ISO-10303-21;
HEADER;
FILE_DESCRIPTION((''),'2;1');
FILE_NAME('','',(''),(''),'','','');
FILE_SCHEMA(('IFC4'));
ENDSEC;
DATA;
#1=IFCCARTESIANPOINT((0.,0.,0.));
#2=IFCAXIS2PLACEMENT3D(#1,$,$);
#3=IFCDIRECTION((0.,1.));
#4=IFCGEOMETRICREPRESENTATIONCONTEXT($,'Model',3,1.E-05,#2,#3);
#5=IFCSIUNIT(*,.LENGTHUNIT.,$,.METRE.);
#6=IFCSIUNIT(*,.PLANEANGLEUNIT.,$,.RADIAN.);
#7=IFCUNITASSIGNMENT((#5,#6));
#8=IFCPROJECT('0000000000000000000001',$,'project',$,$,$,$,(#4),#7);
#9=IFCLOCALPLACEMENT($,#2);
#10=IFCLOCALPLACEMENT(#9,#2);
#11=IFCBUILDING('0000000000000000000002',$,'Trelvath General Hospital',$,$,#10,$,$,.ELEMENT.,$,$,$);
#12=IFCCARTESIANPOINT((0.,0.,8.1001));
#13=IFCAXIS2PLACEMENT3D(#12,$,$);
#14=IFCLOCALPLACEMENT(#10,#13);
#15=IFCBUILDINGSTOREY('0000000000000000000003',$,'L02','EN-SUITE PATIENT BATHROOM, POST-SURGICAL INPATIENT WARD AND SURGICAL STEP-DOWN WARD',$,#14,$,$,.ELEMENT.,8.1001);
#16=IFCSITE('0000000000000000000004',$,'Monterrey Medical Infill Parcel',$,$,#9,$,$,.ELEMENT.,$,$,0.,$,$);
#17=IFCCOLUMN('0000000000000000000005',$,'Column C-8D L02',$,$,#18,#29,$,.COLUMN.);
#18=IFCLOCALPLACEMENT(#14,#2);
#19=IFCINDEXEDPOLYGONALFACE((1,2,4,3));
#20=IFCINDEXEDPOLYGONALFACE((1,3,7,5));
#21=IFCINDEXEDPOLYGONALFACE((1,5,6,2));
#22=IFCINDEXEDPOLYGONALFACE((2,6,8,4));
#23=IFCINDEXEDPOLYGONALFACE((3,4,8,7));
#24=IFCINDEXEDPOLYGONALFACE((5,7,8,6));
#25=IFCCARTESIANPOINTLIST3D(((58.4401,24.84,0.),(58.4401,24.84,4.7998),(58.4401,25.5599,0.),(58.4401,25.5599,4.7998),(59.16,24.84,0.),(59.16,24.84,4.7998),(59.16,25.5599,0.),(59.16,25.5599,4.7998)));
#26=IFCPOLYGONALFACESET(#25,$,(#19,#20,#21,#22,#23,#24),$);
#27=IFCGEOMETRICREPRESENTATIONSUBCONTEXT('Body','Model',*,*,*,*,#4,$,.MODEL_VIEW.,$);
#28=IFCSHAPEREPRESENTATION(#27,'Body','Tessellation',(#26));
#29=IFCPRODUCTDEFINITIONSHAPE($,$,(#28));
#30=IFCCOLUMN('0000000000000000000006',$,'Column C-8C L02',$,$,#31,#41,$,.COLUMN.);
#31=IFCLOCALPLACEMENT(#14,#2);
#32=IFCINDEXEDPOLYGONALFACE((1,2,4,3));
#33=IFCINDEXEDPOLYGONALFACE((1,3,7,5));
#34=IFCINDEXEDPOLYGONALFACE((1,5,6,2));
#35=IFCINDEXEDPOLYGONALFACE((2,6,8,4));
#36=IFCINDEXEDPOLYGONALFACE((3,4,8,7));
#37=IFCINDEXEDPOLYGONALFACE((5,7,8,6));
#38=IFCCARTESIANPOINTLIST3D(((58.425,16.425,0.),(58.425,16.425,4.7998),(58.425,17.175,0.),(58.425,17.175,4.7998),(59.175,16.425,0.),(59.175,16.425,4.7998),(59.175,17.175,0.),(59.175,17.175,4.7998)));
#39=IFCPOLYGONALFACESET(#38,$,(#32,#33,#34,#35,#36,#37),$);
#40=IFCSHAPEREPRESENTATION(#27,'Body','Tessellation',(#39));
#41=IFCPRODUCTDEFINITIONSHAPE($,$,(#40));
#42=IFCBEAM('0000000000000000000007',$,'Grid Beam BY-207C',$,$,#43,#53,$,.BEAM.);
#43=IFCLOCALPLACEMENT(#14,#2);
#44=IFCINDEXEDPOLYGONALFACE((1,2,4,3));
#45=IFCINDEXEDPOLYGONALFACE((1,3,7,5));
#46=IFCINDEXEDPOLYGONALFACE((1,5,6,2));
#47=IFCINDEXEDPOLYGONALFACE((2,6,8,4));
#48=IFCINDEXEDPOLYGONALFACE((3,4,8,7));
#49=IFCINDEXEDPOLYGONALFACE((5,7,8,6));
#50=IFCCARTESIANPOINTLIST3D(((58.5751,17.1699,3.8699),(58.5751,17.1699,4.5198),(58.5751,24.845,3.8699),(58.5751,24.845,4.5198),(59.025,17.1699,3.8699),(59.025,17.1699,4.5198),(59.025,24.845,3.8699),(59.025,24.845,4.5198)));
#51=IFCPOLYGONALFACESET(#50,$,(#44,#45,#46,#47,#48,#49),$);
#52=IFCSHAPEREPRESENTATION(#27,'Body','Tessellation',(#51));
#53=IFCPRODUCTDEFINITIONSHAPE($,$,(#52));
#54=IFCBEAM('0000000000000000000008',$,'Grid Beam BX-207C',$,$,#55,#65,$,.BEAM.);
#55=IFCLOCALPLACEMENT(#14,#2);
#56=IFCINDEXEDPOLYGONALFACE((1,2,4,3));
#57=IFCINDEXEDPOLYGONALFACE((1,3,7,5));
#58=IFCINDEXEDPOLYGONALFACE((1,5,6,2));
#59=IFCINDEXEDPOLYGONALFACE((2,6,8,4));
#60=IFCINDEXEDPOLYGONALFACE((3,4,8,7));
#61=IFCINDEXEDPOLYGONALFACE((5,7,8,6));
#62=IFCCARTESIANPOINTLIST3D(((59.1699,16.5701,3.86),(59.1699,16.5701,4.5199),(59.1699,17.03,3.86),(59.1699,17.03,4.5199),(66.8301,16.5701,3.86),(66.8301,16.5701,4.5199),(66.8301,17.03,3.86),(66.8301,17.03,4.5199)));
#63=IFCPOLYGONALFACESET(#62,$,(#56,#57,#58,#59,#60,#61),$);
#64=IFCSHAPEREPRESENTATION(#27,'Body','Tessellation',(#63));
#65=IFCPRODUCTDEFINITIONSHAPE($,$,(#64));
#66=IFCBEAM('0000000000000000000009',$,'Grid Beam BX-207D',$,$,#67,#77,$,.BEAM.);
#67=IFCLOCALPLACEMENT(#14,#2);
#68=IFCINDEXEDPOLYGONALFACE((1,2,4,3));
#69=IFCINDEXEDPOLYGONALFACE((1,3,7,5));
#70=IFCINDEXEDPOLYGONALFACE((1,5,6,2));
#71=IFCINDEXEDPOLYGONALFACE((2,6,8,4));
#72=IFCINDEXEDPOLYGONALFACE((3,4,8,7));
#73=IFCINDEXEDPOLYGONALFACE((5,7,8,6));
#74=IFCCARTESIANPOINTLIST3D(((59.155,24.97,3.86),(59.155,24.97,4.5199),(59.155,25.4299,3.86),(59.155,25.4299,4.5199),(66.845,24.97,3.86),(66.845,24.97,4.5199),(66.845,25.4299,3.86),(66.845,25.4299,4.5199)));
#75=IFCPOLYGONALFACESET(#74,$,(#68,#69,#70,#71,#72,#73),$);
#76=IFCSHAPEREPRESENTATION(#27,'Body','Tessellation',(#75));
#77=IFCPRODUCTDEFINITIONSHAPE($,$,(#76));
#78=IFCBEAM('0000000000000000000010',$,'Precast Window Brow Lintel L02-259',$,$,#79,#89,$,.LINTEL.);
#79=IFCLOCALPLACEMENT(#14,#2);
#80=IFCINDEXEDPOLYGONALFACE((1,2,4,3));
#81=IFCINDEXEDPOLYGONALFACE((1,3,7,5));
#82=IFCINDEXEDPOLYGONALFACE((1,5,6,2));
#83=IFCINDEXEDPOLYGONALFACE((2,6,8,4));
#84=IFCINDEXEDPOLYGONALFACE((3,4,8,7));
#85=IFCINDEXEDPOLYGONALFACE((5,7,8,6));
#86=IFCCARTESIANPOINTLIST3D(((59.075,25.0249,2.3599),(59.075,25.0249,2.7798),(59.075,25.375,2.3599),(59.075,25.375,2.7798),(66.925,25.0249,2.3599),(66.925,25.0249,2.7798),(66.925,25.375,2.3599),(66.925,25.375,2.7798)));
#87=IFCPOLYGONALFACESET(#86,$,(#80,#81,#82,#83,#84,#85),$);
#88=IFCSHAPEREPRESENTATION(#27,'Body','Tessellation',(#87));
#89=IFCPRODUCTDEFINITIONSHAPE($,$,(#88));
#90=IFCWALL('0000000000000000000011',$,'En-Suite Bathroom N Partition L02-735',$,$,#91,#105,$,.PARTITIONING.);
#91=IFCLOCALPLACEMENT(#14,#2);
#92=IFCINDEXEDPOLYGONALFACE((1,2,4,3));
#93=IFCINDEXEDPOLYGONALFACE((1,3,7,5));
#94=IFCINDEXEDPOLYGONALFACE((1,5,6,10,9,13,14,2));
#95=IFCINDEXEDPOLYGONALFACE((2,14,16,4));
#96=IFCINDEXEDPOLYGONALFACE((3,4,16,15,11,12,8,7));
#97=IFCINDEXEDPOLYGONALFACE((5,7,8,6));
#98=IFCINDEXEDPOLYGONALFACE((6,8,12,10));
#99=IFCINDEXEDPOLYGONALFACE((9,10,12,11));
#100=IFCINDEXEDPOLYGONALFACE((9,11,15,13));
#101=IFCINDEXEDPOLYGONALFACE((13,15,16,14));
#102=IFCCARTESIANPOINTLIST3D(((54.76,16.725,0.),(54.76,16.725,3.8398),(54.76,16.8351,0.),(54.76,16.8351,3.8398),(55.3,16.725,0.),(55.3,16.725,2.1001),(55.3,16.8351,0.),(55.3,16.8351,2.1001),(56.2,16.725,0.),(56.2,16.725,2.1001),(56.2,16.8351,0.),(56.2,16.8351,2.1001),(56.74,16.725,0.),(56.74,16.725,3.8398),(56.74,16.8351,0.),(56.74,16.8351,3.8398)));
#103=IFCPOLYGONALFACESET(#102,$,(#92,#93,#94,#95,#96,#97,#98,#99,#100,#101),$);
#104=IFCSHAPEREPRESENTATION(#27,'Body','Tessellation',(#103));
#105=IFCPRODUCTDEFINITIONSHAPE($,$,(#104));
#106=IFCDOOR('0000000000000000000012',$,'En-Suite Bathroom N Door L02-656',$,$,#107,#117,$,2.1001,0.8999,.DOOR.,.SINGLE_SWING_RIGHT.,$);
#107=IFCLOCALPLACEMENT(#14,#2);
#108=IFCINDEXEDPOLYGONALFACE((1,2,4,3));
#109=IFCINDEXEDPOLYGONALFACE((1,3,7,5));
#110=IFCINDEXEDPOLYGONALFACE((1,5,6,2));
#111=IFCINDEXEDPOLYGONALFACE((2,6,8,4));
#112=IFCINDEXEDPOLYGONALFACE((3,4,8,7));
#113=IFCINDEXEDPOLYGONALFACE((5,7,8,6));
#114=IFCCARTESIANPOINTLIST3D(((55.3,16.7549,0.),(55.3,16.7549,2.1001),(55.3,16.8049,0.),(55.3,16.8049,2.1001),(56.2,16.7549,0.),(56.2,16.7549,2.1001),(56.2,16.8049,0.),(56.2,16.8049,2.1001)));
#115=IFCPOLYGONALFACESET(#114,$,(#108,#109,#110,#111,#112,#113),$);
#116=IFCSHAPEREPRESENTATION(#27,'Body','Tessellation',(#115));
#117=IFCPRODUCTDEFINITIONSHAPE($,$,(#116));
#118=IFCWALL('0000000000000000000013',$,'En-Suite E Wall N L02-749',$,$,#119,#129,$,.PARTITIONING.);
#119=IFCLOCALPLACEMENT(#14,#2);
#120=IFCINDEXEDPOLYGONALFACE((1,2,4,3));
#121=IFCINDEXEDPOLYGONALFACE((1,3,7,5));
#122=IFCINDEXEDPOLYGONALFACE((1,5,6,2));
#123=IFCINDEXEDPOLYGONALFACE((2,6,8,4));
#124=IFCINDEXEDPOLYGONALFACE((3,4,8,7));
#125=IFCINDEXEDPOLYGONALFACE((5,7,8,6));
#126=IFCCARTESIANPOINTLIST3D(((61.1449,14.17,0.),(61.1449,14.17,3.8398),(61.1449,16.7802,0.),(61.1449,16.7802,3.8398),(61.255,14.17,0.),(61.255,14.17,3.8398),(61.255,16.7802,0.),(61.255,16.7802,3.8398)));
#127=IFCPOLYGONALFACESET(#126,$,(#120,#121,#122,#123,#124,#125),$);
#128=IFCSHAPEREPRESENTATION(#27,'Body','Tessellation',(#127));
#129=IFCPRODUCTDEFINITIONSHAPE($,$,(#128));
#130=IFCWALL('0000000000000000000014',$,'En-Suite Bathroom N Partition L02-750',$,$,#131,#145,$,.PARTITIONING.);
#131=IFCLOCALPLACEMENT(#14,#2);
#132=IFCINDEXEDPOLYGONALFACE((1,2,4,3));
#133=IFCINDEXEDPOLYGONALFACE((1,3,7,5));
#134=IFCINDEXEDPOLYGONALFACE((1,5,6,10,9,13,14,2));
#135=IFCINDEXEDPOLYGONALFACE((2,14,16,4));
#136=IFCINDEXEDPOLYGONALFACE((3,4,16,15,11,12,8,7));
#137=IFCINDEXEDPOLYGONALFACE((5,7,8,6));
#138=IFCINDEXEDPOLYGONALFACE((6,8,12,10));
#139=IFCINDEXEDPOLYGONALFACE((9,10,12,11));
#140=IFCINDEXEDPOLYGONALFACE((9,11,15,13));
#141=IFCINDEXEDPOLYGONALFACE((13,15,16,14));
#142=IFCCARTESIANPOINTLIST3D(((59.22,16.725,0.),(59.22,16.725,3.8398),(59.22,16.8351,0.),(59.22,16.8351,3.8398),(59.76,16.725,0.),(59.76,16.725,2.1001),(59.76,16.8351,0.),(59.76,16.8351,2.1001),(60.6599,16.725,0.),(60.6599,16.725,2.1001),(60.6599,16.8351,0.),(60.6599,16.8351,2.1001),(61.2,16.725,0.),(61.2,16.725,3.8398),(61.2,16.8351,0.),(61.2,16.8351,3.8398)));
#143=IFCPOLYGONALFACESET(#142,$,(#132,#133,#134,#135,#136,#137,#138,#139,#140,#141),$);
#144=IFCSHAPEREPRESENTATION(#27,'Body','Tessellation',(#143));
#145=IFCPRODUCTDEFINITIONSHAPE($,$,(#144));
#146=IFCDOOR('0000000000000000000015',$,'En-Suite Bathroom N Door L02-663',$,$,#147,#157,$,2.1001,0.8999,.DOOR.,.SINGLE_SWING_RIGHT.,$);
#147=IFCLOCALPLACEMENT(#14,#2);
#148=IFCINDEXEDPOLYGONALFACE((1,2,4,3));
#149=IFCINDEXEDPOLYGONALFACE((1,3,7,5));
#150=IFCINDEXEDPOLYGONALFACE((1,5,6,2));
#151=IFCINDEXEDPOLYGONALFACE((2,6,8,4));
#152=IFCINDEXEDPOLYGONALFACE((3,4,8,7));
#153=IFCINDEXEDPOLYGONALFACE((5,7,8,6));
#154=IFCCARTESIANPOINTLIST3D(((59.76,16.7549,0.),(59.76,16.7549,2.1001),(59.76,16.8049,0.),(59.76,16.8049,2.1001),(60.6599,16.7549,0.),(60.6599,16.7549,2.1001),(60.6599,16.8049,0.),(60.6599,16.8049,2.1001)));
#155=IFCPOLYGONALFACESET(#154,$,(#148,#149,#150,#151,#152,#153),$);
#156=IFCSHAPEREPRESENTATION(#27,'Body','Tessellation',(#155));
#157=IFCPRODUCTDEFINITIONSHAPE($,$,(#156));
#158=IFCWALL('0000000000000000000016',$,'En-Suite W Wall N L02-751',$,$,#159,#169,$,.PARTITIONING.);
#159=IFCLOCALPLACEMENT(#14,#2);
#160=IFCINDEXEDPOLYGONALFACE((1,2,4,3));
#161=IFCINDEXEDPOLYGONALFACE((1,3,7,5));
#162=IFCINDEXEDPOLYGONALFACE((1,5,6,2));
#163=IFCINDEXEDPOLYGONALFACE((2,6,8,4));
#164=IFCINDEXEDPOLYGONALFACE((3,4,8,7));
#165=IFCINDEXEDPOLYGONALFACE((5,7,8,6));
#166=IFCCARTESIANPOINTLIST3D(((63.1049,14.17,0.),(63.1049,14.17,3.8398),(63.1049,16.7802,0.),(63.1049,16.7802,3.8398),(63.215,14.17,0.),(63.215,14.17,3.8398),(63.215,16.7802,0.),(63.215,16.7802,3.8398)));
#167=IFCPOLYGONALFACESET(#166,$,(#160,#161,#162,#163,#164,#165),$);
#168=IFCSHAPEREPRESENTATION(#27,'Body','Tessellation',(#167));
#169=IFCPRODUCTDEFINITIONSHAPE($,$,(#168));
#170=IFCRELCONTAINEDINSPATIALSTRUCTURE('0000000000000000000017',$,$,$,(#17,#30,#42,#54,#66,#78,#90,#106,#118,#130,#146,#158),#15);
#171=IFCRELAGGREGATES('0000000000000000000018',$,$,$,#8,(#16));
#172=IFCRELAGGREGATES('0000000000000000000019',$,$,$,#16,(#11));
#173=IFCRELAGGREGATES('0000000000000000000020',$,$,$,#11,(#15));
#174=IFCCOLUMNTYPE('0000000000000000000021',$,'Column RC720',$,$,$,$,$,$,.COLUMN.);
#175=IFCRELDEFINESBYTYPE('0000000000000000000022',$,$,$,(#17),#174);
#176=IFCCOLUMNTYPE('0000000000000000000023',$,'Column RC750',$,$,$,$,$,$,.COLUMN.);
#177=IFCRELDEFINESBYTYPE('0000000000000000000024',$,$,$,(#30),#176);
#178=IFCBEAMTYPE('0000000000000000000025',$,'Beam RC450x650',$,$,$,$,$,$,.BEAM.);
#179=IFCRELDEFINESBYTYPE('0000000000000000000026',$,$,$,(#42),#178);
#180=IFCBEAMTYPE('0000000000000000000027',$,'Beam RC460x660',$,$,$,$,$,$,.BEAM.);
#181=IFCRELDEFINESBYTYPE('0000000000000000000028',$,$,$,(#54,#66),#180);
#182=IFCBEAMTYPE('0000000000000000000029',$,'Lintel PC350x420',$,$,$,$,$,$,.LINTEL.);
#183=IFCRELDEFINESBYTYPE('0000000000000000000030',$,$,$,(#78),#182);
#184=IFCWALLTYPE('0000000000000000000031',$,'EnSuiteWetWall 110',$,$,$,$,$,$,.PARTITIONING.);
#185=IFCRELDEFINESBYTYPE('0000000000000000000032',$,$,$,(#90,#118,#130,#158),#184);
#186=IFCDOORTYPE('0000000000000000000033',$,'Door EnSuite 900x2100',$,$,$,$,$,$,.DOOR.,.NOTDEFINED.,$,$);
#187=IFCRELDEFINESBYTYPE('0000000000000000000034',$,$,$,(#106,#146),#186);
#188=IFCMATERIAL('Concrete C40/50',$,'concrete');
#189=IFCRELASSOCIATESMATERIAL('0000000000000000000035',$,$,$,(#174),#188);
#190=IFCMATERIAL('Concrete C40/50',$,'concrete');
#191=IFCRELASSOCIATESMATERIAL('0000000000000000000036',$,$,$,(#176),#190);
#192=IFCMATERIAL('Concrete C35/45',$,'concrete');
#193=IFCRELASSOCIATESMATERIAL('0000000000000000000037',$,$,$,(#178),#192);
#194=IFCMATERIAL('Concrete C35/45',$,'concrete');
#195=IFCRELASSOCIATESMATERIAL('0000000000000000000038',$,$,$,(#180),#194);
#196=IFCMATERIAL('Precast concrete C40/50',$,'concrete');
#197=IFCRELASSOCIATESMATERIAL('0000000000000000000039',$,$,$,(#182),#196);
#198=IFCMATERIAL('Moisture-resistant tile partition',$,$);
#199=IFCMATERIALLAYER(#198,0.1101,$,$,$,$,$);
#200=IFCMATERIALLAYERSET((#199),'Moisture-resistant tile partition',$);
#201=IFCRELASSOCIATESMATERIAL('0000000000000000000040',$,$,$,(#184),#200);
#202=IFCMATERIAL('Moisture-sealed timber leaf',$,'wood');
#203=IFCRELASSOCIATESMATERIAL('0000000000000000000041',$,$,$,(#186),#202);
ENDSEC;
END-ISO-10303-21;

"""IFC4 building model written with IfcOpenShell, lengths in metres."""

from ifc_helpers import new_model, si_unit, direction, frame, frame_2d, origin, origin_2d, place, context, subcontext, project, spatial, rectangle, extrude, material, layer, layer_set, material_profile, profile_set, type_object, element, fill, save


model = new_model("IFC4")

# Units and contexts
model_context = context("Model", 3, precision=1e-05, world=origin(), true_north=direction((0.0, 1.0)))
body_context = subcontext(model_context, "Body", "Model", "MODEL_VIEW")
ifc_project = project(units=[si_unit("LENGTHUNIT", "METRE"), si_unit("PLANEANGLEUNIT", "RADIAN")], contexts=[model_context])

# Site, building, storey
site_placement = place(None, origin())
site = spatial("IfcSite", under=ifc_project, at=site_placement, Name="Monterrey Medical Infill Parcel", CompositionType="ELEMENT", RefElevation=0.0)
building_placement = place(site_placement, origin())
building = spatial("IfcBuilding", under=site, at=building_placement, Name="Trelvath General Hospital", CompositionType="ELEMENT")
storey_placement = place(building_placement, frame((0.0, 0.0, 8.1001)))
storey = spatial("IfcBuildingStorey", under=building, at=storey_placement, Name="L02", Description="EN-SUITE PATIENT BATHROOM, POST-SURGICAL INPATIENT WARD AND SURGICAL STEP-DOWN WARD", CompositionType="ELEMENT", Elevation=8.1001)

# Columns
ifc_material_1 = material(Name="Concrete C40/50", Category="concrete")
ifc_material_profile_1 = material_profile(ifc_material_1, rectangle(XDim=0.72, YDim=0.72, at=origin_2d()), Name="RC720x720")
ifc_profile_set_1 = profile_set([ifc_material_profile_1], Name="Concrete C40/50")
column_type_1 = type_object("IfcColumnType", Name="Column RC720", PredefinedType="COLUMN", material=ifc_profile_set_1)
column_1_placement = place(storey_placement, frame((58.8, 25.2, 0.0), z_axis=(0.0, 0.0, 1.0), x_axis=(1.0, 0.0, 0.0)))
element("IfcColumn", 1, at=column_1_placement, inside=storey, type_object=column_type_1, Name="Column C-8D L02", PredefinedType="COLUMN", context=body_context, shape_type="SweptSolid", body=[
    extrude(rectangle(XDim=0.72, YDim=0.72, at=origin_2d()), origin(), (0.0, 0.0, 1.0), 4.7998),
])
ifc_material_2 = material(Name="Concrete C40/50", Category="concrete")
ifc_material_profile_2 = material_profile(ifc_material_2, rectangle(XDim=0.75, YDim=0.75, at=origin_2d()), Name="RC750x750")
ifc_profile_set_2 = profile_set([ifc_material_profile_2], Name="Concrete C40/50")
column_type_2 = type_object("IfcColumnType", Name="Column RC750", PredefinedType="COLUMN", material=ifc_profile_set_2)
column_2_placement = place(storey_placement, frame((58.8, 16.8, 0.0), z_axis=(0.0, 0.0, 1.0), x_axis=(1.0, 0.0, 0.0)))
element("IfcColumn", 2, at=column_2_placement, inside=storey, type_object=column_type_2, Name="Column C-8C L02", PredefinedType="COLUMN", context=body_context, shape_type="SweptSolid", body=[
    extrude(rectangle(XDim=0.75, YDim=0.75, at=origin_2d()), origin(), (0.0, 0.0, 1.0), 4.7998),
])

# Beams
ifc_material_3 = material(Name="Concrete C35/45", Category="concrete")
ifc_material_profile_3 = material_profile(ifc_material_3, rectangle(XDim=0.45, YDim=0.6499, at=origin_2d()), Name="RCB450x650")
ifc_profile_set_3 = profile_set([ifc_material_profile_3], Name="Concrete C35/45")
beam_type_1 = type_object("IfcBeamType", Name="Beam RC450x650", PredefinedType="BEAM", material=ifc_profile_set_3)
beam_1_placement = place(storey_placement, frame((58.8, 17.1699, 4.1948), z_axis=(0.0, 1.0, 0.0), x_axis=(-1.0, 0.0, 0.0)))
element("IfcBeam", 3, at=beam_1_placement, inside=storey, type_object=beam_type_1, Name="Grid Beam BY-207C", PredefinedType="BEAM", context=body_context, shape_type="SweptSolid", body=[
    extrude(rectangle(XDim=0.45, YDim=0.6499, at=origin_2d()), origin(), (0.0, 0.0, 1.0), 7.675),
])
ifc_material_4 = material(Name="Concrete C35/45", Category="concrete")
ifc_material_profile_4 = material_profile(ifc_material_4, rectangle(XDim=0.46, YDim=0.6599, at=origin_2d()), Name="RCB460x660")
ifc_profile_set_4 = profile_set([ifc_material_profile_4], Name="Concrete C35/45")
beam_type_2 = type_object("IfcBeamType", Name="Beam RC460x660", PredefinedType="BEAM", material=ifc_profile_set_4)
beam_2_placement = place(storey_placement, frame((59.1699, 16.8, 4.1899), z_axis=(1.0, 0.0, 0.0), x_axis=(0.0, 1.0, 0.0)))
element("IfcBeam", 4, at=beam_2_placement, inside=storey, type_object=beam_type_2, Name="Grid Beam BX-207C", PredefinedType="BEAM", context=body_context, shape_type="SweptSolid", body=[
    extrude(rectangle(XDim=0.46, YDim=0.6599, at=origin_2d()), origin(), (0.0, 0.0, 1.0), 7.6602),
])
beam_3_placement = place(storey_placement, frame((59.155, 25.2, 4.1899), z_axis=(1.0, 0.0, 0.0), x_axis=(0.0, 1.0, 0.0)))
element("IfcBeam", 5, at=beam_3_placement, inside=storey, type_object=beam_type_2, Name="Grid Beam BX-207D", PredefinedType="BEAM", context=body_context, shape_type="SweptSolid", body=[
    extrude(rectangle(XDim=0.46, YDim=0.6599, at=origin_2d()), origin(), (0.0, 0.0, 1.0), 7.6899),
])
ifc_material_5 = material(Name="Precast concrete C40/50", Category="concrete")
ifc_material_profile_5 = material_profile(ifc_material_5, rectangle(XDim=0.3501, YDim=0.4199, at=origin_2d()), Name="PCL350x420")
ifc_profile_set_5 = profile_set([ifc_material_profile_5], Name="Precast concrete C40/50")
beam_type_3 = type_object("IfcBeamType", Name="Lintel PC350x420", PredefinedType="LINTEL", material=ifc_profile_set_5)
beam_4_placement = place(storey_placement, frame((59.075, 25.2, 2.5698), z_axis=(1.0, 0.0, 0.0), x_axis=(0.0, 1.0, 0.0)))
element("IfcBeam", 6, at=beam_4_placement, inside=storey, type_object=beam_type_3, Name="Precast Window Brow Lintel L02-259", PredefinedType="LINTEL", context=body_context, shape_type="SweptSolid", body=[
    extrude(rectangle(XDim=0.3501, YDim=0.4199, at=origin_2d()), origin(), (0.0, 0.0, 1.0), 7.8501),
])

# Wall, opening, door
ifc_material_6 = material(Name="Moisture-resistant tile partition")
ifc_layer_1 = layer(ifc_material_6, 0.1101)
ifc_layer_set_1 = layer_set([ifc_layer_1], Name="Moisture-resistant tile partition")
wall_type_1 = type_object("IfcWallType", Name="EnSuiteWetWall 110", PredefinedType="PARTITIONING", material=ifc_layer_set_1)
wall_1_placement = place(storey_placement, frame((54.76, 16.78, 0.0), z_axis=(0.0, 0.0, 1.0), x_axis=(1.0, 0.0, 0.0)))
wall_1 = element("IfcWall", 7, at=wall_1_placement, inside=storey, type_object=wall_type_1, Name="En-Suite Bathroom N Partition L02-735", PredefinedType="PARTITIONING", context=body_context, shape_type="SweptSolid", body=[
    extrude(rectangle(XDim=1.98, YDim=0.1101, at=frame_2d((0.99, 0.0))), origin(), (0.0, 0.0, 1.0), 3.8398),
])
opening_1_placement = place(wall_1_placement, frame((0.54, 0.0, 0.0)))
opening_1 = element("IfcOpeningElement", 8, at=opening_1_placement, cuts=wall_1, PredefinedType="OPENING", context=body_context, shape_type="SweptSolid", body=[
    extrude(rectangle(XDim=0.8999, YDim=2.1001, at=frame_2d((0.45, 1.05))), frame((0.0, 0.0649, 0.0), z_axis=(0.0, -1.0, 0.0), x_axis=(1.0, 0.0, 0.0)), (0.0, 0.0, 1.0), 0.1301),
])
ifc_material_7 = material(Name="Moisture-sealed timber leaf", Category="wood")
door_type = type_object("IfcDoorType", Name="Door EnSuite 900x2100", OperationType="NOTDEFINED", PredefinedType="DOOR", material=ifc_material_7)
door_1_placement = place(opening_1_placement, origin())
door_1 = element("IfcDoor", 9, at=door_1_placement, inside=storey, type_object=door_type, Name="En-Suite Bathroom N Door L02-656", OperationType="SINGLE_SWING_RIGHT", OverallHeight=2.1001, OverallWidth=0.8999, PredefinedType="DOOR", context=body_context, shape_type="SweptSolid", body=[
    extrude(rectangle(XDim=0.8999, YDim=2.1001, at=frame_2d((0.45, 1.05))), frame((0.0, 0.0249, 0.0), z_axis=(0.0, -1.0, 0.0), x_axis=(1.0, 0.0, 0.0)), (0.0, 0.0, 1.0), 0.05),
])
fill(opening_1, door_1)

# Wall
wall_2_placement = place(storey_placement, frame((61.2, 14.1699, 0.0), z_axis=(0.0, 0.0, 1.0), x_axis=(0.0, 1.0, 0.0)))
element("IfcWall", 10, at=wall_2_placement, inside=storey, type_object=wall_type_1, Name="En-Suite E Wall N L02-749", PredefinedType="PARTITIONING", context=body_context, shape_type="SweptSolid", body=[
    extrude(rectangle(XDim=2.6101, YDim=0.1101, at=frame_2d((1.3052, 0.0))), origin(), (0.0, 0.0, 1.0), 3.8398),
])

# Wall, opening, door
wall_3_placement = place(storey_placement, frame((59.22, 16.78, 0.0), z_axis=(0.0, 0.0, 1.0), x_axis=(1.0, 0.0, 0.0)))
wall_3 = element("IfcWall", 11, at=wall_3_placement, inside=storey, type_object=wall_type_1, Name="En-Suite Bathroom N Partition L02-750", PredefinedType="PARTITIONING", context=body_context, shape_type="SweptSolid", body=[
    extrude(rectangle(XDim=1.98, YDim=0.1101, at=frame_2d((0.99, 0.0))), origin(), (0.0, 0.0, 1.0), 3.8398),
])
opening_2_placement = place(wall_3_placement, frame((0.54, 0.0, 0.0)))
opening_2 = element("IfcOpeningElement", 12, at=opening_2_placement, cuts=wall_3, PredefinedType="OPENING", context=body_context, shape_type="SweptSolid", body=[
    extrude(rectangle(XDim=0.8999, YDim=2.1001, at=frame_2d((0.45, 1.05))), frame((0.0, 0.0649, 0.0), z_axis=(0.0, -1.0, 0.0), x_axis=(1.0, 0.0, 0.0)), (0.0, 0.0, 1.0), 0.1301),
])
door_2_placement = place(opening_2_placement, origin())
door_2 = element("IfcDoor", 13, at=door_2_placement, inside=storey, type_object=door_type, Name="En-Suite Bathroom N Door L02-663", OperationType="SINGLE_SWING_RIGHT", OverallHeight=2.1001, OverallWidth=0.8999, PredefinedType="DOOR", context=body_context, shape_type="SweptSolid", body=[
    extrude(rectangle(XDim=0.8999, YDim=2.1001, at=frame_2d((0.45, 1.05))), frame((0.0, 0.0249, 0.0), z_axis=(0.0, -1.0, 0.0), x_axis=(1.0, 0.0, 0.0)), (0.0, 0.0, 1.0), 0.05),
])
fill(opening_2, door_2)

# Wall
for number, where, z_axis, x_axis, name in (
    (14, (63.1599, 14.1699, 0.0), (0.0, 0.0, 1.0), (0.0, 1.0, 0.0), "En-Suite W Wall N L02-751"),
):
    element("IfcWall", number, at=place(storey_placement, frame(where, z_axis=z_axis, x_axis=x_axis)), inside=storey, type_object=wall_type_1, Name=name, PredefinedType="PARTITIONING", context=body_context, shape_type="SweptSolid", body=[
        extrude(rectangle(XDim=2.6101, YDim=0.1101, at=frame_2d((1.3052, 0.0))), origin(), (0.0, 0.0, 1.0), 3.8398),
    ])

save(model, "model.ifc")
